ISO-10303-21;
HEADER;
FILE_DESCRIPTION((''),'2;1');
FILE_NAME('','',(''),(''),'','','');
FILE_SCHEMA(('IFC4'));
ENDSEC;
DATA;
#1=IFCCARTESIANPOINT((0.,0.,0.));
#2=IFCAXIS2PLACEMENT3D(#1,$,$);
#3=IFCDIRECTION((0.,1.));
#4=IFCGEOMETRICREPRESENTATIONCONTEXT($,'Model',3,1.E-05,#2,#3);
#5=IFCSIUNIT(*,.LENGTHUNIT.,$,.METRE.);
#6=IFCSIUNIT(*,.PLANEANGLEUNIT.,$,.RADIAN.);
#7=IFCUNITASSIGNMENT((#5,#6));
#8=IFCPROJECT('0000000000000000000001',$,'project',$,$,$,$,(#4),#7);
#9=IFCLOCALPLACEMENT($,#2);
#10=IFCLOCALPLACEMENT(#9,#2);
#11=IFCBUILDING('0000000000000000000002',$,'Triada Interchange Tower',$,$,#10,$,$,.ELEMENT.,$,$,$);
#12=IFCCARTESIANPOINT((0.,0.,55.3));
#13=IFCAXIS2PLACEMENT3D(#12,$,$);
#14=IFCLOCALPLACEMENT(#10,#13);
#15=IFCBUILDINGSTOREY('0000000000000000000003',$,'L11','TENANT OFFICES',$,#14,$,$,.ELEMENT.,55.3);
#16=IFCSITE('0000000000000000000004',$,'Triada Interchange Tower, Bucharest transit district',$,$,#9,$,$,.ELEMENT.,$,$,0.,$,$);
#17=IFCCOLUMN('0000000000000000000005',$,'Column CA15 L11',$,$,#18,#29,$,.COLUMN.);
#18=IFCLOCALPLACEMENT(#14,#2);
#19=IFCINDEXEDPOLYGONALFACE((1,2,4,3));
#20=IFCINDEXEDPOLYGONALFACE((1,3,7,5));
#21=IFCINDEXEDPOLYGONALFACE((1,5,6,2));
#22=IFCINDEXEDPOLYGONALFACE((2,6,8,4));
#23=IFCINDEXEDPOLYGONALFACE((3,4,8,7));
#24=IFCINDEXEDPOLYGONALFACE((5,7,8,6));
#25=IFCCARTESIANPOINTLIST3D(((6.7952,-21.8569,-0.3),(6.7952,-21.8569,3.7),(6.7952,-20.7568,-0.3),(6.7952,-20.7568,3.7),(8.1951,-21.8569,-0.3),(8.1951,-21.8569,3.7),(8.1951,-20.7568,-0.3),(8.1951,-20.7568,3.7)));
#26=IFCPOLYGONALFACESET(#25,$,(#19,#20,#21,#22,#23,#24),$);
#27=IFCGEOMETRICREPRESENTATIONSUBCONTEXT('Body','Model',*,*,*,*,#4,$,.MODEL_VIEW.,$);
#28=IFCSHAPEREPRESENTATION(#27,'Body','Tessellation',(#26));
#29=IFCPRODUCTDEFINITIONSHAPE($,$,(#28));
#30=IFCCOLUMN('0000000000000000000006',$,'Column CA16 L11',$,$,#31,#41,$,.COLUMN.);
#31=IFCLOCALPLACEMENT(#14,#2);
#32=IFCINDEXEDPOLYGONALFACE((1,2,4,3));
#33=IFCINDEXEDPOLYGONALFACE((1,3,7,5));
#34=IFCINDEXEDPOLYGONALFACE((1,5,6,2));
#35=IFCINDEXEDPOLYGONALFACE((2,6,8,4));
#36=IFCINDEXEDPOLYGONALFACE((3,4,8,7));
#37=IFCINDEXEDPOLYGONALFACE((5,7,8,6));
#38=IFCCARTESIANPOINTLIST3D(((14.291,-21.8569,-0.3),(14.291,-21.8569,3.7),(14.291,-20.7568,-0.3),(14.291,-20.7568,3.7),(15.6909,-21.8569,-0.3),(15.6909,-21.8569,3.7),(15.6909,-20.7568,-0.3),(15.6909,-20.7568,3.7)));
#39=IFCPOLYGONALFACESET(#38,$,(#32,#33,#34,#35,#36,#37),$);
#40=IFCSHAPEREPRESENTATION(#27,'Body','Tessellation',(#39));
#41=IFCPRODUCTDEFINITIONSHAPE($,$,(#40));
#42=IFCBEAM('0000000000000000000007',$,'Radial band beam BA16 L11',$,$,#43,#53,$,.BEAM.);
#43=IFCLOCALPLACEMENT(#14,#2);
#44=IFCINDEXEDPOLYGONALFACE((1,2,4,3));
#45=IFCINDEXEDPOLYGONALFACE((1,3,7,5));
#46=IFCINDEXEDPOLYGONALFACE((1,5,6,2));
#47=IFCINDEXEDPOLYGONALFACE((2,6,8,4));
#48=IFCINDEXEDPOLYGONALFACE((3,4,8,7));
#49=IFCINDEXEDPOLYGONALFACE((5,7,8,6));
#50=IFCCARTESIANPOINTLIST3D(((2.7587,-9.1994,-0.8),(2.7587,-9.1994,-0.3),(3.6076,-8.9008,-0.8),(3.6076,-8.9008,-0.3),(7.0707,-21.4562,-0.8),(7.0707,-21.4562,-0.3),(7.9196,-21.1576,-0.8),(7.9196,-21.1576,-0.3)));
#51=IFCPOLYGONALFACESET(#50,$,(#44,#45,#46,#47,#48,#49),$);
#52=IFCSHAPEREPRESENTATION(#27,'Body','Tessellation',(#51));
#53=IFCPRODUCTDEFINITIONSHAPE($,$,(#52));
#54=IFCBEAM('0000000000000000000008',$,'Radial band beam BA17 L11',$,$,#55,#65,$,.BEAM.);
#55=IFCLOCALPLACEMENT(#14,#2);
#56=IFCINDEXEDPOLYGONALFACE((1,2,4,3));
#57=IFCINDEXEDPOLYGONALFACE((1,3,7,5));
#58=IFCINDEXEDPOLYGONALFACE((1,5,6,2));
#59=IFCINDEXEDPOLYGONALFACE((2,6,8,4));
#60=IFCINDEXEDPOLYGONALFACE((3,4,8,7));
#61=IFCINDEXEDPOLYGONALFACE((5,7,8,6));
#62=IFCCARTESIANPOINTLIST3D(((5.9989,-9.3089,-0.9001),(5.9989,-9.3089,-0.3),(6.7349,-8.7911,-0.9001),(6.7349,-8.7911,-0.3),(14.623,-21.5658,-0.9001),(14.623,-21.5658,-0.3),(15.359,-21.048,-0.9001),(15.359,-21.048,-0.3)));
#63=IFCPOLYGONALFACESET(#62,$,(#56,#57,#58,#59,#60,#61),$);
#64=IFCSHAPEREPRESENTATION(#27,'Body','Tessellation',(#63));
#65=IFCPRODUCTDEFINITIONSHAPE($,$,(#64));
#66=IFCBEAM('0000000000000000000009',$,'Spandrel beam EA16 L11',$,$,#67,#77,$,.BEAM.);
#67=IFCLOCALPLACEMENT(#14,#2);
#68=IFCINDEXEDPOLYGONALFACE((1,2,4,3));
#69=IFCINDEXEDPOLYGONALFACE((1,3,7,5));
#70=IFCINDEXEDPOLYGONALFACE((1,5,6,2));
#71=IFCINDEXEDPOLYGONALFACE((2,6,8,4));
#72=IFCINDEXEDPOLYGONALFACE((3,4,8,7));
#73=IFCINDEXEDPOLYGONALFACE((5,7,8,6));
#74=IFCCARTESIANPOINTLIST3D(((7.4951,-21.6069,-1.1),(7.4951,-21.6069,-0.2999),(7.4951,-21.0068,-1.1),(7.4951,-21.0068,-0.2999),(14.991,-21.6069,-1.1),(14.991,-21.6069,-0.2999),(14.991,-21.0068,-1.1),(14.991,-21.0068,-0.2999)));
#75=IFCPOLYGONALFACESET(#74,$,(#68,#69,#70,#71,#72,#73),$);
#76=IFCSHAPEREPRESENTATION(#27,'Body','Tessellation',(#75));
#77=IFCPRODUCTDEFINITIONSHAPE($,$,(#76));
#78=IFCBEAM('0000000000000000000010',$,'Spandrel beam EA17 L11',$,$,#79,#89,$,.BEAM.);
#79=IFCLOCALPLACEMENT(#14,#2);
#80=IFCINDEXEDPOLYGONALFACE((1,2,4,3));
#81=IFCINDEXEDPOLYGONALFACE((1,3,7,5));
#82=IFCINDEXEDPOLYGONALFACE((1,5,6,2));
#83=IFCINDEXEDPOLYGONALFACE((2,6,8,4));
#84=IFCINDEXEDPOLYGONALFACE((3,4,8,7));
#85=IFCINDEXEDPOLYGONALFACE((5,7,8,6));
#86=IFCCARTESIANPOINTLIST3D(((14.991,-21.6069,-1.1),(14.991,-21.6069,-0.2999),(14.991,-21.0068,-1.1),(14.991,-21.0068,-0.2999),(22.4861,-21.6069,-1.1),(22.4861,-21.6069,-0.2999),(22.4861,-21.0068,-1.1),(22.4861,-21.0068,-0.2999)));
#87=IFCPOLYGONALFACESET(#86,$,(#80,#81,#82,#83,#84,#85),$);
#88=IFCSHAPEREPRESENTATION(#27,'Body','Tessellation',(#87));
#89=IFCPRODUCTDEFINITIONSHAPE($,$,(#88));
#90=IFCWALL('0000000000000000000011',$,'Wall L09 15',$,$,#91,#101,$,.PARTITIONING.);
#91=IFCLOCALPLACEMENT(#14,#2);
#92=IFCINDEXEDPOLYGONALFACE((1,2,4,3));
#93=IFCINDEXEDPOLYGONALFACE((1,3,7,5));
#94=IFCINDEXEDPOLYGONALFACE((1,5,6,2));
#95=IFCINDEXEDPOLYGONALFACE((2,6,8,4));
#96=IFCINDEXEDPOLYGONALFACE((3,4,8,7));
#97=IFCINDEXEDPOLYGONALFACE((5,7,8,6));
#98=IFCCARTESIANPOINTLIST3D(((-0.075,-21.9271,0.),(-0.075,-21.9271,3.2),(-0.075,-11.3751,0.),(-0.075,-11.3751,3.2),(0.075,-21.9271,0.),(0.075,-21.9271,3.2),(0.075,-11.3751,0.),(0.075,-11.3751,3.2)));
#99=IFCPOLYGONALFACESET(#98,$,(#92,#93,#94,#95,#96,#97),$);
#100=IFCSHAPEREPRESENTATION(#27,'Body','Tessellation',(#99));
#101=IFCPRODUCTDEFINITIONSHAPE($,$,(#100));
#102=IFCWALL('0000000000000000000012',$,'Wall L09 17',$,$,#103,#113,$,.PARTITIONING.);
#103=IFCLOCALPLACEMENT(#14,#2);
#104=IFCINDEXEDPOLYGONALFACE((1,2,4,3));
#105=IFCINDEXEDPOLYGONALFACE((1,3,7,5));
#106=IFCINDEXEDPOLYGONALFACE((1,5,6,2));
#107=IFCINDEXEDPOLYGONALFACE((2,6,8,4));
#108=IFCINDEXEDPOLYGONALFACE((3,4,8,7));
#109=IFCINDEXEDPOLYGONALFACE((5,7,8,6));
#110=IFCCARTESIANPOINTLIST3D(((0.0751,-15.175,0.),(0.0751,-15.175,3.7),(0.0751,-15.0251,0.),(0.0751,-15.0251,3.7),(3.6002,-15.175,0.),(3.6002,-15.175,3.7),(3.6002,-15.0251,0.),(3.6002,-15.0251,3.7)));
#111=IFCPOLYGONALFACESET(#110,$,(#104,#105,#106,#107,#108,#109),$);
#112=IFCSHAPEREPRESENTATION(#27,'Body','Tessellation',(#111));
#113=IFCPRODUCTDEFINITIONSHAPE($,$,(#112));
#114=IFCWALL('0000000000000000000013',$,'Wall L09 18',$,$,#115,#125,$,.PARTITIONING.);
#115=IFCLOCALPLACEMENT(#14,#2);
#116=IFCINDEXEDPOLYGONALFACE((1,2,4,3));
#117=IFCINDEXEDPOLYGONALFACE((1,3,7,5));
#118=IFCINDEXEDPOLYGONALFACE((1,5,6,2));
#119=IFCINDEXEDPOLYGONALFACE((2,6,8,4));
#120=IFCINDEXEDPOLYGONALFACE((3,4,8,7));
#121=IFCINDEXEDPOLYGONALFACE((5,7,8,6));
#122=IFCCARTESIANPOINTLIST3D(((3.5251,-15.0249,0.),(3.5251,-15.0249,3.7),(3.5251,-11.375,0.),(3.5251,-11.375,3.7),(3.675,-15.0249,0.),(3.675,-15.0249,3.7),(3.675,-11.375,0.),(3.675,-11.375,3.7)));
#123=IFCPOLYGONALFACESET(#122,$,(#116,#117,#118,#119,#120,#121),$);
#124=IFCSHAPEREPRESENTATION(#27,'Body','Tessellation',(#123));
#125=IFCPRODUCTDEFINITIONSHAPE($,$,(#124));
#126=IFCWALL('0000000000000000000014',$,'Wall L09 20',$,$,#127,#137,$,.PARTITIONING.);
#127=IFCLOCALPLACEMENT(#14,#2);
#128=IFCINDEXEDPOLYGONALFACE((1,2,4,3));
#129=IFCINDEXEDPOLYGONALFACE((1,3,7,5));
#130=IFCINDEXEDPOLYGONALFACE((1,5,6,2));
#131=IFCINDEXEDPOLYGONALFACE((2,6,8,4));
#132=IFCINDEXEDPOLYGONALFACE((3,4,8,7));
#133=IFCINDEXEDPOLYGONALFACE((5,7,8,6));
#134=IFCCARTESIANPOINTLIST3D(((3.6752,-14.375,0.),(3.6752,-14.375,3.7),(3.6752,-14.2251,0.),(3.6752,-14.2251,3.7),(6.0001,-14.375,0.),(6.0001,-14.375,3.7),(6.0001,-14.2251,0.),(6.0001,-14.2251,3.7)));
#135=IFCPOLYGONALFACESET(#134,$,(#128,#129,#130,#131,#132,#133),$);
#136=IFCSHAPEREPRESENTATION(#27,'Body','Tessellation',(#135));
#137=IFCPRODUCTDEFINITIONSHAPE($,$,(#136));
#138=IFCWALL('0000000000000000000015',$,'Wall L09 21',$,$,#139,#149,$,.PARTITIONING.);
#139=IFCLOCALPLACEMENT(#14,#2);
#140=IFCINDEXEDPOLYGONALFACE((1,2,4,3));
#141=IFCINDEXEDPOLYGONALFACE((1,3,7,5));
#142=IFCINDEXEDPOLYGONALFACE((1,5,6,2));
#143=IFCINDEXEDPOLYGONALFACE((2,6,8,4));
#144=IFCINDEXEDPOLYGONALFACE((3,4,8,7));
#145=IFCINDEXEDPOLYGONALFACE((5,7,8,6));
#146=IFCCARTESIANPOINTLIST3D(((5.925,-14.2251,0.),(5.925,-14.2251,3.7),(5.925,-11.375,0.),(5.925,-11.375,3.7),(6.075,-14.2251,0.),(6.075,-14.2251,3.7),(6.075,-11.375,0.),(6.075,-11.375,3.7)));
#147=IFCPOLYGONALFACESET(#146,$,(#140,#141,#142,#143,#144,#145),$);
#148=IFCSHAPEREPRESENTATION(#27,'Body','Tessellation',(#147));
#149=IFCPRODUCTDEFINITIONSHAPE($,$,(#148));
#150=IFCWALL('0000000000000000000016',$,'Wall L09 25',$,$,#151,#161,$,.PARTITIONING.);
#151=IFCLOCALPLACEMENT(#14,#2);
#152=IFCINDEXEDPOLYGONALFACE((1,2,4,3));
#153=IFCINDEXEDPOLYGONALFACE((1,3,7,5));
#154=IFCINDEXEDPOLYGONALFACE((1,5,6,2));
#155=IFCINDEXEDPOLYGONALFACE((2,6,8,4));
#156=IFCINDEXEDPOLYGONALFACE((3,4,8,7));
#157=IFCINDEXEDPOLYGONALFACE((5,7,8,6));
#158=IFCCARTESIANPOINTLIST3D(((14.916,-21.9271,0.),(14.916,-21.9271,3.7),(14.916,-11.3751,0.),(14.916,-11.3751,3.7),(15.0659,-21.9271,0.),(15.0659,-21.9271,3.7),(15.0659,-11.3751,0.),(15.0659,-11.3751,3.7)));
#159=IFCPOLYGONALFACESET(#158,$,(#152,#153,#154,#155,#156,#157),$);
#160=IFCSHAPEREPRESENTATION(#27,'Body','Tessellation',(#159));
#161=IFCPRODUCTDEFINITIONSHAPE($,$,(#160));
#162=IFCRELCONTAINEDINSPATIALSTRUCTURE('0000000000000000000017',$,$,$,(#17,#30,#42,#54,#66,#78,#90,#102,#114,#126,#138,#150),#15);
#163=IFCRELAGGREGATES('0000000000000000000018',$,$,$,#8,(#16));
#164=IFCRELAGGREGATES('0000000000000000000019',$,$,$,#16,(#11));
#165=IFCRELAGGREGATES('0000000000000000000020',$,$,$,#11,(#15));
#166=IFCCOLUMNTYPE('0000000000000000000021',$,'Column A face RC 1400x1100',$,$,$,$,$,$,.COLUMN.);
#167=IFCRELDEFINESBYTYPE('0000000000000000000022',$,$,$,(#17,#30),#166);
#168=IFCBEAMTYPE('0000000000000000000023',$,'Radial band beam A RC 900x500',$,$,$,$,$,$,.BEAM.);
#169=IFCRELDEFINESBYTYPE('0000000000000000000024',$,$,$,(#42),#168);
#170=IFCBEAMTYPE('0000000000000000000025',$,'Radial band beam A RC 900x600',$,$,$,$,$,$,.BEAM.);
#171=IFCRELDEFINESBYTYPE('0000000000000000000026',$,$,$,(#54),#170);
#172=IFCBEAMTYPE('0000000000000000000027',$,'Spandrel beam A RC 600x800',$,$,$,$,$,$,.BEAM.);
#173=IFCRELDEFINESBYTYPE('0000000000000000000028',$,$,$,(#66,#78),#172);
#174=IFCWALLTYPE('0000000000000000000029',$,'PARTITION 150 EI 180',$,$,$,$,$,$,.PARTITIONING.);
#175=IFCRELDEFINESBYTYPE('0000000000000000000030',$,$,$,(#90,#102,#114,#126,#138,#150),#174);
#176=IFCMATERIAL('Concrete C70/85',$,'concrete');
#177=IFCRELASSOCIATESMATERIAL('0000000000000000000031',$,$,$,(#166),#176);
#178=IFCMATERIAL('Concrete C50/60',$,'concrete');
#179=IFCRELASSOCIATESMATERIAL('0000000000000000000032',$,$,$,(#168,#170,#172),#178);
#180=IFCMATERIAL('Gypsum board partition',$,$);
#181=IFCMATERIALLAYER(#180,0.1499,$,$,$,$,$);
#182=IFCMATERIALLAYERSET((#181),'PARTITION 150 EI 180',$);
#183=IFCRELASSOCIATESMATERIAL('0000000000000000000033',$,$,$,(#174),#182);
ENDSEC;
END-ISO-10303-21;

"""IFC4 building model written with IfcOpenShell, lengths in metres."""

from ifc_helpers import new_model, si_unit, direction, frame, frame_2d, origin, origin_2d, place, context, subcontext, project, spatial, rectangle, extrude, material, layer, layer_set, material_profile, profile_set, type_object, element, save


model = new_model("IFC4")

# Units and contexts
model_context = context("Model", 3, precision=1e-05, world=origin(), true_north=direction((0.0, 1.0)))
body_context = subcontext(model_context, "Body", "Model", "MODEL_VIEW")
ifc_project = project(units=[si_unit("LENGTHUNIT", "METRE"), si_unit("PLANEANGLEUNIT", "RADIAN")], contexts=[model_context])

# Site, building, storey
site_placement = place(None, origin())
site = spatial("IfcSite", under=ifc_project, at=site_placement, Name="Triada Interchange Tower, Bucharest transit district", CompositionType="ELEMENT", RefElevation=0.0)
building_placement = place(site_placement, origin())
building = spatial("IfcBuilding", under=site, at=building_placement, Name="Triada Interchange Tower", CompositionType="ELEMENT")
storey_placement = place(building_placement, frame((0.0, 0.0, 55.3)))
storey = spatial("IfcBuildingStorey", under=building, at=storey_placement, Name="L11", Description="TENANT OFFICES", CompositionType="ELEMENT", Elevation=55.3)

# Columns
ifc_material_1 = material(Name="Concrete C70/85", Category="concrete")
ifc_material_profile_1 = material_profile(ifc_material_1, rectangle(XDim=1.3999, YDim=1.1001, at=origin_2d()), Name="RC 1400x1100")
ifc_profile_set_1 = profile_set([ifc_material_profile_1], Name="Concrete C70/85")
column_type = type_object("IfcColumnType", Name="Column A face RC 1400x1100", PredefinedType="COLUMN", material=ifc_profile_set_1)
for number, where, z_axis, x_axis, name in (
    (1, (7.4951, -21.3069, -0.3), (0.0, 0.0, 1.0), (1.0, 0.0, 0.0), "Column CA15 L11"),
    (2, (14.991, -21.3069, -0.3), (0.0, 0.0, 1.0), (1.0, 0.0, 0.0), "Column CA16 L11"),
):
    element("IfcColumn", number, at=place(storey_placement, frame(where, z_axis=z_axis, x_axis=x_axis)), inside=storey, type_object=column_type, Name=name, PredefinedType="COLUMN", context=body_context, shape_type="SweptSolid", body=[
        extrude(rectangle(XDim=1.3999, YDim=1.1001, at=origin_2d()), origin(), (0.0, 0.0, 1.0), 4.0),
    ])

# Beams
ifc_material_2 = material(Name="Concrete C50/60", Category="concrete")
ifc_material_profile_2 = material_profile(ifc_material_2, rectangle(XDim=0.8999, YDim=0.5, at=origin_2d()), Name="RC 900x500")
ifc_profile_set_2 = profile_set([ifc_material_profile_2], Name="Concrete C50/60")
beam_type_1 = type_object("IfcBeamType", Name="Radial band beam A RC 900x500", PredefinedType="BEAM", material=ifc_profile_set_2)
beam_1_placement = place(storey_placement, frame((7.4951, -21.3069, -0.55), z_axis=(-0.331867, 0.943326, 0.0), x_axis=(-0.943326, -0.331867, 0.0)))
element("IfcBeam", 3, at=beam_1_placement, inside=storey, type_object=beam_type_1, Name="Radial band beam BA16 L11", PredefinedType="BEAM", context=body_context, shape_type="SweptSolid", body=[
    extrude(rectangle(XDim=0.8999, YDim=0.5, at=origin_2d()), origin(), (0.0, 0.0, 1.0), 12.9932),
])
ifc_material_profile_3 = material_profile(ifc_material_2, rectangle(XDim=0.8999, YDim=0.6001, at=origin_2d()), Name="RC 900x600")
ifc_profile_set_3 = profile_set([ifc_material_profile_3], Name="Concrete C50/60")
beam_type_2 = type_object("IfcBeamType", Name="Radial band beam A RC 900x600", PredefinedType="BEAM", material=ifc_profile_set_3)
beam_2_placement = place(storey_placement, frame((14.991, -21.3069, -0.6001), z_axis=(-0.575442, 0.817843, 0.0), x_axis=(-0.817843, -0.575442, 0.0)))
element("IfcBeam", 4, at=beam_2_placement, inside=storey, type_object=beam_type_2, Name="Radial band beam BA17 L11", PredefinedType="BEAM", context=body_context, shape_type="SweptSolid", body=[
    extrude(rectangle(XDim=0.8999, YDim=0.6001, at=origin_2d()), origin(), (0.0, 0.0, 1.0), 14.9868),
])
ifc_material_profile_4 = material_profile(ifc_material_2, rectangle(XDim=0.6001, YDim=0.8, at=origin_2d()), Name="RC 600x800")
ifc_profile_set_4 = profile_set([ifc_material_profile_4], Name="Concrete C50/60")
beam_type_3 = type_object("IfcBeamType", Name="Spandrel beam A RC 600x800", PredefinedType="BEAM", material=ifc_profile_set_4)
beam_3_placement = place(storey_placement, frame((7.4951, -21.3069, -0.7), z_axis=(1.0, 0.0, 0.0), x_axis=(0.0, 1.0, 0.0)))
element("IfcBeam", 5, at=beam_3_placement, inside=storey, type_object=beam_type_3, Name="Spandrel beam EA16 L11", PredefinedType="BEAM", context=body_context, shape_type="SweptSolid", body=[
    extrude(rectangle(XDim=0.6001, YDim=0.8, at=origin_2d()), origin(), (0.0, 0.0, 1.0), 7.4958),
])
beam_4_placement = place(storey_placement, frame((14.991, -21.3069, -0.7), z_axis=(1.0, 0.0, 0.0), x_axis=(0.0, 1.0, 0.0)))
element("IfcBeam", 6, at=beam_4_placement, inside=storey, type_object=beam_type_3, Name="Spandrel beam EA17 L11", PredefinedType="BEAM", context=body_context, shape_type="SweptSolid", body=[
    extrude(rectangle(XDim=0.6001, YDim=0.8, at=origin_2d()), origin(), (0.0, 0.0, 1.0), 7.4951),
])

# Walls
ifc_material_3 = material(Name="Gypsum board partition")
ifc_layer_1 = layer(ifc_material_3, 0.1499)
ifc_layer_set_1 = layer_set([ifc_layer_1], Name="PARTITION 150 EI 180")
wall_type_1 = type_object("IfcWallType", Name="PARTITION 150 EI 180", PredefinedType="PARTITIONING", material=ifc_layer_set_1)
wall_1_placement = place(storey_placement, frame((0.0, -21.927, 0.0), z_axis=(0.0, 0.0, 1.0), x_axis=(0.0, 1.0, 0.0)))
element("IfcWall", 7, at=wall_1_placement, inside=storey, type_object=wall_type_1, Name="Wall L09 15", PredefinedType="PARTITIONING", context=body_context, shape_type="SweptSolid", body=[
    extrude(rectangle(XDim=10.552, YDim=0.1499, at=frame_2d((5.2759, 0.0))), origin(), (0.0, 0.0, 1.0), 3.2),
])
wall_2_placement = place(storey_placement, frame((0.075, -15.1001, 0.0), z_axis=(0.0, 0.0, 1.0), x_axis=(1.0, 0.0, 0.0)))
element("IfcWall", 8, at=wall_2_placement, inside=storey, type_object=wall_type_1, Name="Wall L09 17", PredefinedType="PARTITIONING", context=body_context, shape_type="SweptSolid", body=[
    extrude(rectangle(XDim=3.5251, YDim=0.1499, at=frame_2d((1.7627, 0.0))), origin(), (0.0, 0.0, 1.0), 3.7),
])
wall_3_placement = place(storey_placement, frame((3.6001, -15.0249, 0.0), z_axis=(0.0, 0.0, 1.0), x_axis=(0.0, 1.0, 0.0)))
element("IfcWall", 9, at=wall_3_placement, inside=storey, type_object=wall_type_1, Name="Wall L09 18", PredefinedType="PARTITIONING", context=body_context, shape_type="SweptSolid", body=[
    extrude(rectangle(XDim=3.6499, YDim=0.1499, at=frame_2d((1.825, 0.0))), origin(), (0.0, 0.0, 1.0), 3.7),
])
wall_4_placement = place(storey_placement, frame((3.675, -14.3, 0.0), z_axis=(0.0, 0.0, 1.0), x_axis=(1.0, 0.0, 0.0)))
element("IfcWall", 10, at=wall_4_placement, inside=storey, type_object=wall_type_1, Name="Wall L09 20", PredefinedType="PARTITIONING", context=body_context, shape_type="SweptSolid", body=[
    extrude(rectangle(XDim=2.325, YDim=0.1499, at=frame_2d((1.1626, 0.0))), origin(), (0.0, 0.0, 1.0), 3.7),
])
wall_5_placement = place(storey_placement, frame((6.0, -14.2251, 0.0), z_axis=(0.0, 0.0, 1.0), x_axis=(0.0, 1.0, 0.0)))
element("IfcWall", 11, at=wall_5_placement, inside=storey, type_object=wall_type_1, Name="Wall L09 21", PredefinedType="PARTITIONING", context=body_context, shape_type="SweptSolid", body=[
    extrude(rectangle(XDim=2.8501, YDim=0.1499, at=frame_2d((1.425, 0.0))), origin(), (0.0, 0.0, 1.0), 3.7),
])
wall_6_placement = place(storey_placement, frame((14.991, -21.927, 0.0), z_axis=(0.0, 0.0, 1.0), x_axis=(0.0, 1.0, 0.0)))
element("IfcWall", 12, at=wall_6_placement, inside=storey, type_object=wall_type_1, Name="Wall L09 25", PredefinedType="PARTITIONING", context=body_context, shape_type="SweptSolid", body=[
    extrude(rectangle(XDim=10.552, YDim=0.1499, at=frame_2d((5.2759, 0.0))), origin(), (0.0, 0.0, 1.0), 3.7),
])

save(model, "model.ifc")
